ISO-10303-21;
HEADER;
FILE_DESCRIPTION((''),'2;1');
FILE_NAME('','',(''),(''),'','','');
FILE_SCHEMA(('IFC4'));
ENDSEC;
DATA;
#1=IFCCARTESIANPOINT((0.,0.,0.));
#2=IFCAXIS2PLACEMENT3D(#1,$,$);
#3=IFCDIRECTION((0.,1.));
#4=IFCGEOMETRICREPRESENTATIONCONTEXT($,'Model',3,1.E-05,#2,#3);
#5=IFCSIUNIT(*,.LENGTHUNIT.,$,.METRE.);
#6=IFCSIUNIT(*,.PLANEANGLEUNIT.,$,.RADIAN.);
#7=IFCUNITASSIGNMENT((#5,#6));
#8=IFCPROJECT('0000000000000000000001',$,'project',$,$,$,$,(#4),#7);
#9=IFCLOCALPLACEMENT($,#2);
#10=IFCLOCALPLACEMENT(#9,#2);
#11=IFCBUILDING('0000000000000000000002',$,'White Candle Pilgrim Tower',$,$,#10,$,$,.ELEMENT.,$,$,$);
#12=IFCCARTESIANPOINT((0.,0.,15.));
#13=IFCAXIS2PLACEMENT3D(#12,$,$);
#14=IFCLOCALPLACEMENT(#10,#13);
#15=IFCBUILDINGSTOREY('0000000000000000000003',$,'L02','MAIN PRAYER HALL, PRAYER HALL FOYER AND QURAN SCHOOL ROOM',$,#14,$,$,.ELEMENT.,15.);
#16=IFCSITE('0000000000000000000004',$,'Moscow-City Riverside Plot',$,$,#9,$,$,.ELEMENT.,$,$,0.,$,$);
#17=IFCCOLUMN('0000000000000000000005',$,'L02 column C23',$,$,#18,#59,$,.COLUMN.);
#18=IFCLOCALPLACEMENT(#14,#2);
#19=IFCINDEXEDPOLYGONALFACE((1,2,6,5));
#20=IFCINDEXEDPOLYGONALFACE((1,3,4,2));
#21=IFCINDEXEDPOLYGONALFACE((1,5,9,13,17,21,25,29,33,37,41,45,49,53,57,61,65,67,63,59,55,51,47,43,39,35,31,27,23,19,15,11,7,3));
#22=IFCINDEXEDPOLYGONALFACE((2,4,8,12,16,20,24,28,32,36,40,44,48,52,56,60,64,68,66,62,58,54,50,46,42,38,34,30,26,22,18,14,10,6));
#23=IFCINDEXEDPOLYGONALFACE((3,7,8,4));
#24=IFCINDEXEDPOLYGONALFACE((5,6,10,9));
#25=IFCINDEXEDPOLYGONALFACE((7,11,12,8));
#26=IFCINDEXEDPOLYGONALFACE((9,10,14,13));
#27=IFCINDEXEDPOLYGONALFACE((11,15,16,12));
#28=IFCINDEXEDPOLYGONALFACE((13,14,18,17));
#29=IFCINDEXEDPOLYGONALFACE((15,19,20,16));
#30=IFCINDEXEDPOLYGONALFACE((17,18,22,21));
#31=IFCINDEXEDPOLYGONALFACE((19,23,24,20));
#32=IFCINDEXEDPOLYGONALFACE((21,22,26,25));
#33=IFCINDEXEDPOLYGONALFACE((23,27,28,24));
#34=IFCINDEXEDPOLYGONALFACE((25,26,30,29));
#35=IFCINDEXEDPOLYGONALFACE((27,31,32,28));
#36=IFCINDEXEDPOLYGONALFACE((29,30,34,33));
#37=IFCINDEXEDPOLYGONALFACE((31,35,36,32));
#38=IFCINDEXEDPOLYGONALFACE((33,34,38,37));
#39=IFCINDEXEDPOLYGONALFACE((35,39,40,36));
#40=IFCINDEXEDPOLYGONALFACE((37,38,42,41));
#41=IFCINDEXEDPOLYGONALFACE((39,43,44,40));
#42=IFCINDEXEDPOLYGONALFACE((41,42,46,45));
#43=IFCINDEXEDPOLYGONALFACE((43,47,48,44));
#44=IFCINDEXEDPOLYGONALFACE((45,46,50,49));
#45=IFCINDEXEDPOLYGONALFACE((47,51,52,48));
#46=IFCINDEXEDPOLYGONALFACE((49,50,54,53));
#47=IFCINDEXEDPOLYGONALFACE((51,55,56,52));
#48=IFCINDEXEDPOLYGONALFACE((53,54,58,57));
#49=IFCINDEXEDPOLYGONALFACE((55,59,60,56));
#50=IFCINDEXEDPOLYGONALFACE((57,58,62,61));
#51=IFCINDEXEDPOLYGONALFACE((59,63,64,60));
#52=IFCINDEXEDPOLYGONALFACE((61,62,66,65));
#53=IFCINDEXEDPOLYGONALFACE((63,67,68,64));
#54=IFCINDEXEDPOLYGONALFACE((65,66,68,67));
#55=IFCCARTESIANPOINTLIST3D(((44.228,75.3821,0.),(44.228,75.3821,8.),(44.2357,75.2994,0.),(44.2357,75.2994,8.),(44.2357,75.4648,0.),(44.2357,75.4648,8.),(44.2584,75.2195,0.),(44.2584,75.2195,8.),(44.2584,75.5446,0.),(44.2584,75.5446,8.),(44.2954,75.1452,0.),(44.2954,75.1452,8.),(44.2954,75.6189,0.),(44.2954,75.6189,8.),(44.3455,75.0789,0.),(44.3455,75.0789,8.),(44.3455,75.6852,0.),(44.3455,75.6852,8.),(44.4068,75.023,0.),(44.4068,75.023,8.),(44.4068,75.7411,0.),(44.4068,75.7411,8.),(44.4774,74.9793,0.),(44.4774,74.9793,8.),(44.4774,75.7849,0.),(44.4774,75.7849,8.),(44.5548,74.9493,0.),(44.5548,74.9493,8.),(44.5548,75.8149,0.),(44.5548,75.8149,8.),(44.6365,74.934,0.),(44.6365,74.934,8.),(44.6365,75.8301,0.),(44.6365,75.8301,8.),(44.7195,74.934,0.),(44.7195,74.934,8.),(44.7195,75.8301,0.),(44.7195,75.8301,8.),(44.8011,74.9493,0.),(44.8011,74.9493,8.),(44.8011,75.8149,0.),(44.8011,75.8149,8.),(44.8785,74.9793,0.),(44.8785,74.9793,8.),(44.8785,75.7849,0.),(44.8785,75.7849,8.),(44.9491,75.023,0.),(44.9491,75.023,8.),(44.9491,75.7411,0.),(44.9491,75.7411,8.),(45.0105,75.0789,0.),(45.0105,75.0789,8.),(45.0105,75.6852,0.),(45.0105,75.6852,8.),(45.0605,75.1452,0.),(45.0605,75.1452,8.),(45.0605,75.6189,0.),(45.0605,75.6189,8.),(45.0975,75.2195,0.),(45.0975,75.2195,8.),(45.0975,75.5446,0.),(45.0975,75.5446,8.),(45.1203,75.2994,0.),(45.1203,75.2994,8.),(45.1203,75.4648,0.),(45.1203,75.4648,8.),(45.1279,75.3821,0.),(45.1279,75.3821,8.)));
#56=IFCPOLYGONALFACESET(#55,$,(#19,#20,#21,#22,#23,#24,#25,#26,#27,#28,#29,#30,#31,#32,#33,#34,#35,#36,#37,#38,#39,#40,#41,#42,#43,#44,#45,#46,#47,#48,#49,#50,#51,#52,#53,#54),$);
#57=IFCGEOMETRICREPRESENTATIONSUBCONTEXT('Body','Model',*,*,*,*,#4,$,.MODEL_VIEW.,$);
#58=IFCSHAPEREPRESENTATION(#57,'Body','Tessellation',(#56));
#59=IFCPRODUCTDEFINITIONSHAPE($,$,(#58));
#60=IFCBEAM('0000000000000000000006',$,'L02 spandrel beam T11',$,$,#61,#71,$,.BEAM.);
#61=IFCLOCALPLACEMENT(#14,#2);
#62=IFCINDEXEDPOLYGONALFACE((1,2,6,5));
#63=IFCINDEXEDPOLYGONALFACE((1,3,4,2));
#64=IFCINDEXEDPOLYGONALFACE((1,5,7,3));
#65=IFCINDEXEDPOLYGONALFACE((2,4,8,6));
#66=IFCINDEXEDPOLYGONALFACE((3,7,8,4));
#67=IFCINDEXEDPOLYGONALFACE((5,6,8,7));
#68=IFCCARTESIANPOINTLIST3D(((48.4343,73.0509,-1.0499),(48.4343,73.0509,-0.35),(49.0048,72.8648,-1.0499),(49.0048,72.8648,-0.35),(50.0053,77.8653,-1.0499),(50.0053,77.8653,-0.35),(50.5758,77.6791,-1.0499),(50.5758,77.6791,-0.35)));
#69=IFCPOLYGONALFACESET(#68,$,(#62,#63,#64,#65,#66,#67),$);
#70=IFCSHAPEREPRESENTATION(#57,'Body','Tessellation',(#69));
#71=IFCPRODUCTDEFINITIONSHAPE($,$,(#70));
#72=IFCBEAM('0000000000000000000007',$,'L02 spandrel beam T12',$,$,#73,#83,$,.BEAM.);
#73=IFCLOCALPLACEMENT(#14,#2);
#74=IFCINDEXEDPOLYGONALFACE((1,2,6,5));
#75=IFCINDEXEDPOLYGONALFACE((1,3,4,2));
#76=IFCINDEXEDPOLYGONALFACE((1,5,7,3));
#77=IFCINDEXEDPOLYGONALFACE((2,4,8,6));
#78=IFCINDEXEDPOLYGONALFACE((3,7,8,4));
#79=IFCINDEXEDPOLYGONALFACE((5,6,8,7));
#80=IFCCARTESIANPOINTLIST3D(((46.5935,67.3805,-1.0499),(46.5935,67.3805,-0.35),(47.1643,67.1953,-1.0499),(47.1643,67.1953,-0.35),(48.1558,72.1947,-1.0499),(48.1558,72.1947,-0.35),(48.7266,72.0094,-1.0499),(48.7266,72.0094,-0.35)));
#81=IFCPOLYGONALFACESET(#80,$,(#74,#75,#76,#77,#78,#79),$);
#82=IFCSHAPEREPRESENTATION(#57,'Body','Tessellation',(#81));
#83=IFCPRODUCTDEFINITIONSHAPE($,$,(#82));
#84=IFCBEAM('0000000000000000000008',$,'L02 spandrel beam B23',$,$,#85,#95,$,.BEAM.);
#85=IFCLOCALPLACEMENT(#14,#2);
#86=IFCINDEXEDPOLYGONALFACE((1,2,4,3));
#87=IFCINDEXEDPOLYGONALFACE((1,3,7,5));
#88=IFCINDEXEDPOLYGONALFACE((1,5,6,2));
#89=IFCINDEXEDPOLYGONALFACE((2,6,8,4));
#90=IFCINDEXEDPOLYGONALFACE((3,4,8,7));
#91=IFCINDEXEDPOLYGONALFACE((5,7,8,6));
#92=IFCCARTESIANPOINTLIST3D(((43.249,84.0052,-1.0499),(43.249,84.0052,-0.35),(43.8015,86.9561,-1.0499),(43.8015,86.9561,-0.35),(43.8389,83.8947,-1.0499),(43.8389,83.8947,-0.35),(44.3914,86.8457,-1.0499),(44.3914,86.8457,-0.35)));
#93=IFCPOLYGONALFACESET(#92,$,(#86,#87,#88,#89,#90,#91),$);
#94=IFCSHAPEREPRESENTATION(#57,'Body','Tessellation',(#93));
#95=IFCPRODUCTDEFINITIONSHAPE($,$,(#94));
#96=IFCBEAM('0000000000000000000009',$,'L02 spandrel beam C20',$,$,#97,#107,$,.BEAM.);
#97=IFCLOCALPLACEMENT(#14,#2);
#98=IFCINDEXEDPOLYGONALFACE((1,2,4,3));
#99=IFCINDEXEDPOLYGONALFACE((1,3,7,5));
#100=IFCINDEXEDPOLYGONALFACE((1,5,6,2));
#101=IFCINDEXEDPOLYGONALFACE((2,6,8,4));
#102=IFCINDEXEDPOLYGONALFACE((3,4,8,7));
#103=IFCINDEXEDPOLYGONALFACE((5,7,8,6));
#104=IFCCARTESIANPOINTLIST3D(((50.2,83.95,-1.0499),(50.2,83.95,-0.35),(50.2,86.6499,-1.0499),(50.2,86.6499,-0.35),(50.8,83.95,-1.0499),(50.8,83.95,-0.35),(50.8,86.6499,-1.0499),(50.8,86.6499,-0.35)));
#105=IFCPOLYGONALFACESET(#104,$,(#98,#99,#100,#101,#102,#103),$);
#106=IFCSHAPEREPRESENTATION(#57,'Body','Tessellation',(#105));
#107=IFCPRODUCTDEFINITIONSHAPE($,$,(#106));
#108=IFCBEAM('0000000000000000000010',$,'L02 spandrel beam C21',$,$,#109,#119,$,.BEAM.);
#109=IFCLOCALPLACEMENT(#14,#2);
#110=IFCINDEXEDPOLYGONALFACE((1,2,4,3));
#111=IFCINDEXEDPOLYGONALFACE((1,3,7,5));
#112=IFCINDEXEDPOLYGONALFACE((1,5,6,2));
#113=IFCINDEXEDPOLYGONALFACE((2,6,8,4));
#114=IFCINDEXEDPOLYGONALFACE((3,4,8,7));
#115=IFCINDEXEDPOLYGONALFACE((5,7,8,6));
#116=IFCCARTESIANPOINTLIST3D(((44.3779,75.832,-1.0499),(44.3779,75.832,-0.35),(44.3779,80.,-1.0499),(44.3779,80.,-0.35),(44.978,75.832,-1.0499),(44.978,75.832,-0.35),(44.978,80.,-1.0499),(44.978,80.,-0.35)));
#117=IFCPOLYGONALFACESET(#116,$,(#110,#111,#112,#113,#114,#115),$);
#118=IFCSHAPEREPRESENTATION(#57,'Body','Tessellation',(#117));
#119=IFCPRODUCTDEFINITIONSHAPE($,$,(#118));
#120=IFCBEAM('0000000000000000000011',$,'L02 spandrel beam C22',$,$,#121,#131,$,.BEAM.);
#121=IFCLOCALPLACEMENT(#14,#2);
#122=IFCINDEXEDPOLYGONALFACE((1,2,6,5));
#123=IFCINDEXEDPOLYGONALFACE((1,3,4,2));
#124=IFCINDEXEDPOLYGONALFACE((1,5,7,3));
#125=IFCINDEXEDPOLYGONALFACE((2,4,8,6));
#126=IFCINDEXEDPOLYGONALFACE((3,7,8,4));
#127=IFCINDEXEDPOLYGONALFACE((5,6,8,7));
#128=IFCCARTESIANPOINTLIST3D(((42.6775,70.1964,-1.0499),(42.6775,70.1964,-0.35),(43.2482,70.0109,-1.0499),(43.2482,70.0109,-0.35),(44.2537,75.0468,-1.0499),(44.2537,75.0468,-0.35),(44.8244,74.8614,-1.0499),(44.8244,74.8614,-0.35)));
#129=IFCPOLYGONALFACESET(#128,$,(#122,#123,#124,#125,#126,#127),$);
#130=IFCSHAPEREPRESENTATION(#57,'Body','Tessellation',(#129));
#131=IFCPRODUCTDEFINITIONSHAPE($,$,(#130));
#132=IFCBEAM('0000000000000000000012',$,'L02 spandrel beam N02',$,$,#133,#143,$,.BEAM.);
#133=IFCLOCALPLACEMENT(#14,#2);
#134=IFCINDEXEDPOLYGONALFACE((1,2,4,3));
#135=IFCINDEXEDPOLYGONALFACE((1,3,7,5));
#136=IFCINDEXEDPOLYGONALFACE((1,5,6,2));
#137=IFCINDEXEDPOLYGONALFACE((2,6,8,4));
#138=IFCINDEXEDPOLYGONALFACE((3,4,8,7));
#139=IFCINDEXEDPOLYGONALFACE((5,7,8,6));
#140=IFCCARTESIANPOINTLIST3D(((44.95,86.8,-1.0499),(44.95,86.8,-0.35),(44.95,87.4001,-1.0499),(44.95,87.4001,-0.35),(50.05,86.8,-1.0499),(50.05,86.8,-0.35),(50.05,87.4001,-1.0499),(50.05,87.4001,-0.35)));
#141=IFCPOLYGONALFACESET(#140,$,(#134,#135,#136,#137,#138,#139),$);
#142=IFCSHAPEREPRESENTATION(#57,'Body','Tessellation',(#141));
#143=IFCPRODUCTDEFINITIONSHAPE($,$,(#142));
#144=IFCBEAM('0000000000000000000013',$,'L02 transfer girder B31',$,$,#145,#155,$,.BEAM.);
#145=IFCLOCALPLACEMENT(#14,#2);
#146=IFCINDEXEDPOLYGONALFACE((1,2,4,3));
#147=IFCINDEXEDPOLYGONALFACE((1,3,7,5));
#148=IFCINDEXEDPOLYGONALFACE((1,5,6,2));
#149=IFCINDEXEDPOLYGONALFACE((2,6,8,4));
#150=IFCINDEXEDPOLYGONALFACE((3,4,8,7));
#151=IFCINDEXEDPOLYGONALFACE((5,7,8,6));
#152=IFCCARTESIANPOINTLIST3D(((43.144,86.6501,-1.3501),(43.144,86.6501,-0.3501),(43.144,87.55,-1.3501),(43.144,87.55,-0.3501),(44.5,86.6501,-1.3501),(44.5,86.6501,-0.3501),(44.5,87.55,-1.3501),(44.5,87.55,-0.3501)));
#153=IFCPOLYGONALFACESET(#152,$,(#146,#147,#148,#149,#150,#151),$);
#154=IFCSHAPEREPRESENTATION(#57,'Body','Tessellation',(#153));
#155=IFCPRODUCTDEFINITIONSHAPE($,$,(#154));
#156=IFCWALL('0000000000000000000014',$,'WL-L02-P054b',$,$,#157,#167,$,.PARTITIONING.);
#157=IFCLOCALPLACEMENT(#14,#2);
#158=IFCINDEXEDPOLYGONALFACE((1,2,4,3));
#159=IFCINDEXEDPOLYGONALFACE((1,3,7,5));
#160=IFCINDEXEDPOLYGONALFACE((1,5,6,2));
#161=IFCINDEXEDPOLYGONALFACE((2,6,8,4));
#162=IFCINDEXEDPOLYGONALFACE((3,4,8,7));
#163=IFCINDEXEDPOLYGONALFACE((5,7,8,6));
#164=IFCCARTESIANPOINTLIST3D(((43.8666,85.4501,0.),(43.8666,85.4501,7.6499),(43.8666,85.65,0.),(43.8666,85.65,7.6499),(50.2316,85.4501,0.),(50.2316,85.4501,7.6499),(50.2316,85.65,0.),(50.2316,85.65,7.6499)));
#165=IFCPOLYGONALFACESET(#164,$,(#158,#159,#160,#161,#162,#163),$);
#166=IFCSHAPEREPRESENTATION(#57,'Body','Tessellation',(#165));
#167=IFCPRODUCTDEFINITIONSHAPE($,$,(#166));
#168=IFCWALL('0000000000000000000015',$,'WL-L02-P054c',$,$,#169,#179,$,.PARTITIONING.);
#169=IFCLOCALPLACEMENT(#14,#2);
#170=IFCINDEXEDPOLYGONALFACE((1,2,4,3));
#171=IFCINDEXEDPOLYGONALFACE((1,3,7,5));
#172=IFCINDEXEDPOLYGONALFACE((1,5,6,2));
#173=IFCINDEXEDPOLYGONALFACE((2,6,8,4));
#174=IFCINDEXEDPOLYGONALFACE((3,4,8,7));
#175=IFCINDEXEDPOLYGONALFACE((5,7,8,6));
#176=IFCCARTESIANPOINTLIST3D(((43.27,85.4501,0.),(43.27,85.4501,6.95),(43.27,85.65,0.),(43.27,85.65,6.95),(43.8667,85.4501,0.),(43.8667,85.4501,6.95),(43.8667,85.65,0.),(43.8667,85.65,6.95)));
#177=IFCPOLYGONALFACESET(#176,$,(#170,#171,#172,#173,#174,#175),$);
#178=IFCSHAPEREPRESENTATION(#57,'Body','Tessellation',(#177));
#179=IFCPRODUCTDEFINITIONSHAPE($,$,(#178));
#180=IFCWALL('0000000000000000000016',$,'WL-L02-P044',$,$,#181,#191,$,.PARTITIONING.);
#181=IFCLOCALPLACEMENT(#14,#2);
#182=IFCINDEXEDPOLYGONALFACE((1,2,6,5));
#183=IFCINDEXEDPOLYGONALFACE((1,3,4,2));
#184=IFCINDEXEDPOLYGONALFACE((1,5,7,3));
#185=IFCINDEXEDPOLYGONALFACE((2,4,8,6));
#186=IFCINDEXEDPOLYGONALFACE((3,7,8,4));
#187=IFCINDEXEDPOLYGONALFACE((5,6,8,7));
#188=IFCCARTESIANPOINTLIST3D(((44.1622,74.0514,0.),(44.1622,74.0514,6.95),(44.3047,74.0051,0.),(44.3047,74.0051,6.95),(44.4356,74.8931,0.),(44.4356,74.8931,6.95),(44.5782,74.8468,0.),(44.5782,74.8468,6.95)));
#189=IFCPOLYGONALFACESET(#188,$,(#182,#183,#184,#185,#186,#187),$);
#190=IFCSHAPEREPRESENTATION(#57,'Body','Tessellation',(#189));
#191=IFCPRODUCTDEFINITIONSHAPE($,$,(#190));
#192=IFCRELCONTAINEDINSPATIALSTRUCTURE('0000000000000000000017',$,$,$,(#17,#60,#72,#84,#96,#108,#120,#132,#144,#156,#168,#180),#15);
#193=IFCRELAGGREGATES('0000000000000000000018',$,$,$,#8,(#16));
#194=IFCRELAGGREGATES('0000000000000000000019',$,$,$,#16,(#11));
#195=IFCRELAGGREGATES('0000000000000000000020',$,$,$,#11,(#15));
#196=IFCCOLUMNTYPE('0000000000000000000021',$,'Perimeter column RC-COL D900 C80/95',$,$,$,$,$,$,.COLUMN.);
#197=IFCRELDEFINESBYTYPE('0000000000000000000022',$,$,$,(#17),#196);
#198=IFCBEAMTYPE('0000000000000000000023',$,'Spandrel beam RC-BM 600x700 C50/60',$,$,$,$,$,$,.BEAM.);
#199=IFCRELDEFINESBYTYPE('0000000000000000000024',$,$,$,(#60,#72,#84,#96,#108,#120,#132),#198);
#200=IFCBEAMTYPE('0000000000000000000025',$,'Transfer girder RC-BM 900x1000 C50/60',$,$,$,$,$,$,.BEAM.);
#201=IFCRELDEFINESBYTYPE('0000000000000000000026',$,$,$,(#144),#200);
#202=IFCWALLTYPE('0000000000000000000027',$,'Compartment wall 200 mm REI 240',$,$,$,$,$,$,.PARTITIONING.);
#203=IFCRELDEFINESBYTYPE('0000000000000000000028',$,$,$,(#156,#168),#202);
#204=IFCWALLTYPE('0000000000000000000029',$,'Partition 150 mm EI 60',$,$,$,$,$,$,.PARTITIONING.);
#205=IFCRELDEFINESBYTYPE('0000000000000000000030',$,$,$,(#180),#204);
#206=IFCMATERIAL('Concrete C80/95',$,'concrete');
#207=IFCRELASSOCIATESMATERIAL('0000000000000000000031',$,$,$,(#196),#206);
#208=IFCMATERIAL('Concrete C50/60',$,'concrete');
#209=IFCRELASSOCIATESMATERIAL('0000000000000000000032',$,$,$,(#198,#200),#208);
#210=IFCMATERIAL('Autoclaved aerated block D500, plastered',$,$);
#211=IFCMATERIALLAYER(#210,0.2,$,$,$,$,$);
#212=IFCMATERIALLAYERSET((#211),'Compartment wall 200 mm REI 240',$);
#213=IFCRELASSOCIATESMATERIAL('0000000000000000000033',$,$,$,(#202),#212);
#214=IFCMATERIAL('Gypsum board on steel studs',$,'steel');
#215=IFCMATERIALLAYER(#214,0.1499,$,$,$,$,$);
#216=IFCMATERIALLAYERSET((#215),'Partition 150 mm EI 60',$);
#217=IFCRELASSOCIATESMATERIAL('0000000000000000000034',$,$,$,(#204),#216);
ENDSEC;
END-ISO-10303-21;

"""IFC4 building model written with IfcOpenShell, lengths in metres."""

from ifc_helpers import new_model, si_unit, direction, frame, frame_2d, origin, origin_2d, place, context, subcontext, project, spatial, rectangle, circle, extrude, material, layer, layer_set, material_profile, profile_set, type_object, element, save


model = new_model("IFC4")

# Units and contexts
model_context = context("Model", 3, precision=1e-05, world=origin(), true_north=direction((0.0, 1.0)))
body_context = subcontext(model_context, "Body", "Model", "MODEL_VIEW")
ifc_project = project(units=[si_unit("LENGTHUNIT", "METRE"), si_unit("PLANEANGLEUNIT", "RADIAN")], contexts=[model_context])

# Site, building, storey
site_placement = place(None, origin())
site = spatial("IfcSite", under=ifc_project, at=site_placement, Name="Moscow-City Riverside Plot", CompositionType="ELEMENT", RefElevation=0.0)
building_placement = place(site_placement, origin())
building = spatial("IfcBuilding", under=site, at=building_placement, Name="White Candle Pilgrim Tower", CompositionType="ELEMENT")
storey_placement = place(building_placement, frame((0.0, 0.0, 15.0)))
storey = spatial("IfcBuildingStorey", under=building, at=storey_placement, Name="L02", Description="MAIN PRAYER HALL, PRAYER HALL FOYER AND QURAN SCHOOL ROOM", CompositionType="ELEMENT", Elevation=15.0)

# Column
ifc_material_1 = material(Name="Concrete C80/95", Category="concrete")
ifc_material_profile_1 = material_profile(ifc_material_1, circle(Radius=0.45, at=origin_2d()), Name="RC-COL D900")
ifc_profile_set_1 = profile_set([ifc_material_profile_1], Name="Concrete C80/95")
column_type = type_object("IfcColumnType", Name="Perimeter column RC-COL D900 C80/95", PredefinedType="COLUMN", material=ifc_profile_set_1)
for number, where, z_axis, x_axis, name in (
    (1, (44.678, 75.3821, 0.0), (0.0, 0.0, 1.0), (1.0, 0.0, 0.0), "L02 column C23"),
):
    element("IfcColumn", number, at=place(storey_placement, frame(where, z_axis=z_axis, x_axis=x_axis)), inside=storey, type_object=column_type, Name=name, PredefinedType="COLUMN", context=body_context, shape_type="SweptSolid", body=[
        extrude(circle(Radius=0.45, at=origin_2d()), origin(), (0.0, 0.0, 1.0), 8.0),
    ])

# Beams
ifc_material_2 = material(Name="Concrete C50/60", Category="concrete")
ifc_material_profile_2 = material_profile(ifc_material_2, rectangle(XDim=0.6001, YDim=0.7, at=origin_2d()), Name="RC-BM 600x700")
ifc_profile_set_2 = profile_set([ifc_material_profile_2], Name="Concrete C50/60")
beam_type_1 = type_object("IfcBeamType", Name="Spandrel beam RC-BM 600x700 C50/60", PredefinedType="BEAM", material=ifc_profile_set_2)
beam_1_placement = place(storey_placement, frame((50.2905, 77.7722, -0.7), z_axis=(-0.31022, -0.950665, 0.0), x_axis=(0.950665, -0.31022, 0.0)))
element("IfcBeam", 2, at=beam_1_placement, inside=storey, type_object=beam_type_1, Name="L02 spandrel beam T11", PredefinedType="BEAM", context=body_context, shape_type="SweptSolid", body=[
    extrude(rectangle(XDim=0.6001, YDim=0.7, at=origin_2d()), origin(), (0.0, 0.0, 1.0), 5.0642),
])
beam_2_placement = place(storey_placement, frame((48.4412, 72.1021, -0.7), z_axis=(-0.308664, -0.951171, 0.0), x_axis=(0.951171, -0.308664, 0.0)))
element("IfcBeam", 3, at=beam_2_placement, inside=storey, type_object=beam_type_1, Name="L02 spandrel beam T12", PredefinedType="BEAM", context=body_context, shape_type="SweptSolid", body=[
    extrude(rectangle(XDim=0.6001, YDim=0.7, at=origin_2d()), origin(), (0.0, 0.0, 1.0), 5.0613),
])
beam_3_placement = place(storey_placement, frame((44.0964, 86.9009, -0.7), z_axis=(-0.184028, -0.982921, 0.0), x_axis=(0.982921, -0.184028, 0.0)))
element("IfcBeam", 4, at=beam_3_placement, inside=storey, type_object=beam_type_1, Name="L02 spandrel beam B23", PredefinedType="BEAM", context=body_context, shape_type="SweptSolid", body=[
    extrude(rectangle(XDim=0.6001, YDim=0.7, at=origin_2d()), origin(), (0.0, 0.0, 1.0), 3.0022),
])
beam_4_placement = place(storey_placement, frame((50.5, 86.6499, -0.7), z_axis=(0.0, -1.0, 0.0), x_axis=(1.0, 0.0, 0.0)))
element("IfcBeam", 5, at=beam_4_placement, inside=storey, type_object=beam_type_1, Name="L02 spandrel beam C20", PredefinedType="BEAM", context=body_context, shape_type="SweptSolid", body=[
    extrude(rectangle(XDim=0.6001, YDim=0.7, at=origin_2d()), origin(), (0.0, 0.0, 1.0), 2.7),
])
beam_5_placement = place(storey_placement, frame((44.678, 75.832, -0.7), z_axis=(0.0, 1.0, 0.0), x_axis=(-1.0, 0.0, 0.0)))
element("IfcBeam", 6, at=beam_5_placement, inside=storey, type_object=beam_type_1, Name="L02 spandrel beam C21", PredefinedType="BEAM", context=body_context, shape_type="SweptSolid", body=[
    extrude(rectangle(XDim=0.6001, YDim=0.7, at=origin_2d()), origin(), (0.0, 0.0, 1.0), 4.168),
])
for number, where, z_axis, x_axis, name in (
    (7, (44.5391, 74.9541, -0.7), (-0.309053, -0.951045, 0.0), (0.951045, -0.309053, 0.0), "L02 spandrel beam C22"),
    (8, (44.95, 87.1001, -0.7), (1.0, 0.0, 0.0), (0.0, 1.0, 0.0), "L02 spandrel beam N02"),
):
    element("IfcBeam", number, at=place(storey_placement, frame(where, z_axis=z_axis, x_axis=x_axis)), inside=storey, type_object=beam_type_1, Name=name, PredefinedType="BEAM", context=body_context, shape_type="SweptSolid", body=[
        extrude(rectangle(XDim=0.6001, YDim=0.7, at=origin_2d()), origin(), (0.0, 0.0, 1.0), 5.1001),
    ])
ifc_material_profile_3 = material_profile(ifc_material_2, rectangle(XDim=0.8999, YDim=1.0, at=origin_2d()), Name="RC-BM 900x1000")
ifc_profile_set_3 = profile_set([ifc_material_profile_3], Name="Concrete C50/60")
beam_type_2 = type_object("IfcBeamType", Name="Transfer girder RC-BM 900x1000 C50/60", PredefinedType="BEAM", material=ifc_profile_set_3)
beam_6_placement = place(storey_placement, frame((44.5, 87.1001, -0.8501), z_axis=(-1.0, 0.0, 0.0), x_axis=(0.0, -1.0, 0.0)))
element("IfcBeam", 9, at=beam_6_placement, inside=storey, type_object=beam_type_2, Name="L02 transfer girder B31", PredefinedType="BEAM", context=body_context, shape_type="SweptSolid", body=[
    extrude(rectangle(XDim=0.8999, YDim=1.0, at=origin_2d()), origin(), (0.0, 0.0, 1.0), 1.356),
])

# Walls
ifc_material_3 = material(Name="Autoclaved aerated block D500, plastered")
ifc_layer_1 = layer(ifc_material_3, 0.2)
ifc_layer_set_1 = layer_set([ifc_layer_1], Name="Compartment wall 200 mm REI 240")
wall_type_1 = type_object("IfcWallType", Name="Compartment wall 200 mm REI 240", PredefinedType="PARTITIONING", material=ifc_layer_set_1)
wall_1_placement = place(storey_placement, frame((50.2317, 85.55, 0.0), z_axis=(0.0, 0.0, 1.0), x_axis=(-1.0, 0.0, 0.0)))
element("IfcWall", 10, at=wall_1_placement, inside=storey, type_object=wall_type_1, Name="WL-L02-P054b", PredefinedType="PARTITIONING", context=body_context, shape_type="SweptSolid", body=[
    extrude(rectangle(XDim=6.365, YDim=0.2, at=frame_2d((3.1826, 0.0))), origin(), (0.0, 0.0, 1.0), 7.6499),
])
wall_2_placement = place(storey_placement, frame((43.8667, 85.55, 0.0), z_axis=(0.0, 0.0, 1.0), x_axis=(-1.0, 0.0, 0.0)))
element("IfcWall", 11, at=wall_2_placement, inside=storey, type_object=wall_type_1, Name="WL-L02-P054c", PredefinedType="PARTITIONING", context=body_context, shape_type="SweptSolid", body=[
    extrude(rectangle(XDim=0.5967, YDim=0.2, at=frame_2d((0.2983, 0.0))), origin(), (0.0, 0.0, 1.0), 6.95),
])
ifc_material_4 = material(Name="Gypsum board on steel studs", Category="steel")
ifc_layer_2 = layer(ifc_material_4, 0.1499)
ifc_layer_set_2 = layer_set([ifc_layer_2], Name="Partition 150 mm EI 60")
wall_type_2 = type_object("IfcWallType", Name="Partition 150 mm EI 60", PredefinedType="PARTITIONING", material=ifc_layer_set_2)
wall_3_placement = place(storey_placement, frame((44.5068, 74.8699, 0.0), z_axis=(0.0, 0.0, 1.0), x_axis=(-0.308936, -0.951083, 0.0)))
element("IfcWall", 12, at=wall_3_placement, inside=storey, type_object=wall_type_2, Name="WL-L02-P044", PredefinedType="PARTITIONING", context=body_context, shape_type="SweptSolid", body=[
    extrude(rectangle(XDim=0.885, YDim=0.1499, at=frame_2d((0.4424, 0.0))), origin(), (0.0, 0.0, 1.0), 6.95),
])

save(model, "model.ifc")
